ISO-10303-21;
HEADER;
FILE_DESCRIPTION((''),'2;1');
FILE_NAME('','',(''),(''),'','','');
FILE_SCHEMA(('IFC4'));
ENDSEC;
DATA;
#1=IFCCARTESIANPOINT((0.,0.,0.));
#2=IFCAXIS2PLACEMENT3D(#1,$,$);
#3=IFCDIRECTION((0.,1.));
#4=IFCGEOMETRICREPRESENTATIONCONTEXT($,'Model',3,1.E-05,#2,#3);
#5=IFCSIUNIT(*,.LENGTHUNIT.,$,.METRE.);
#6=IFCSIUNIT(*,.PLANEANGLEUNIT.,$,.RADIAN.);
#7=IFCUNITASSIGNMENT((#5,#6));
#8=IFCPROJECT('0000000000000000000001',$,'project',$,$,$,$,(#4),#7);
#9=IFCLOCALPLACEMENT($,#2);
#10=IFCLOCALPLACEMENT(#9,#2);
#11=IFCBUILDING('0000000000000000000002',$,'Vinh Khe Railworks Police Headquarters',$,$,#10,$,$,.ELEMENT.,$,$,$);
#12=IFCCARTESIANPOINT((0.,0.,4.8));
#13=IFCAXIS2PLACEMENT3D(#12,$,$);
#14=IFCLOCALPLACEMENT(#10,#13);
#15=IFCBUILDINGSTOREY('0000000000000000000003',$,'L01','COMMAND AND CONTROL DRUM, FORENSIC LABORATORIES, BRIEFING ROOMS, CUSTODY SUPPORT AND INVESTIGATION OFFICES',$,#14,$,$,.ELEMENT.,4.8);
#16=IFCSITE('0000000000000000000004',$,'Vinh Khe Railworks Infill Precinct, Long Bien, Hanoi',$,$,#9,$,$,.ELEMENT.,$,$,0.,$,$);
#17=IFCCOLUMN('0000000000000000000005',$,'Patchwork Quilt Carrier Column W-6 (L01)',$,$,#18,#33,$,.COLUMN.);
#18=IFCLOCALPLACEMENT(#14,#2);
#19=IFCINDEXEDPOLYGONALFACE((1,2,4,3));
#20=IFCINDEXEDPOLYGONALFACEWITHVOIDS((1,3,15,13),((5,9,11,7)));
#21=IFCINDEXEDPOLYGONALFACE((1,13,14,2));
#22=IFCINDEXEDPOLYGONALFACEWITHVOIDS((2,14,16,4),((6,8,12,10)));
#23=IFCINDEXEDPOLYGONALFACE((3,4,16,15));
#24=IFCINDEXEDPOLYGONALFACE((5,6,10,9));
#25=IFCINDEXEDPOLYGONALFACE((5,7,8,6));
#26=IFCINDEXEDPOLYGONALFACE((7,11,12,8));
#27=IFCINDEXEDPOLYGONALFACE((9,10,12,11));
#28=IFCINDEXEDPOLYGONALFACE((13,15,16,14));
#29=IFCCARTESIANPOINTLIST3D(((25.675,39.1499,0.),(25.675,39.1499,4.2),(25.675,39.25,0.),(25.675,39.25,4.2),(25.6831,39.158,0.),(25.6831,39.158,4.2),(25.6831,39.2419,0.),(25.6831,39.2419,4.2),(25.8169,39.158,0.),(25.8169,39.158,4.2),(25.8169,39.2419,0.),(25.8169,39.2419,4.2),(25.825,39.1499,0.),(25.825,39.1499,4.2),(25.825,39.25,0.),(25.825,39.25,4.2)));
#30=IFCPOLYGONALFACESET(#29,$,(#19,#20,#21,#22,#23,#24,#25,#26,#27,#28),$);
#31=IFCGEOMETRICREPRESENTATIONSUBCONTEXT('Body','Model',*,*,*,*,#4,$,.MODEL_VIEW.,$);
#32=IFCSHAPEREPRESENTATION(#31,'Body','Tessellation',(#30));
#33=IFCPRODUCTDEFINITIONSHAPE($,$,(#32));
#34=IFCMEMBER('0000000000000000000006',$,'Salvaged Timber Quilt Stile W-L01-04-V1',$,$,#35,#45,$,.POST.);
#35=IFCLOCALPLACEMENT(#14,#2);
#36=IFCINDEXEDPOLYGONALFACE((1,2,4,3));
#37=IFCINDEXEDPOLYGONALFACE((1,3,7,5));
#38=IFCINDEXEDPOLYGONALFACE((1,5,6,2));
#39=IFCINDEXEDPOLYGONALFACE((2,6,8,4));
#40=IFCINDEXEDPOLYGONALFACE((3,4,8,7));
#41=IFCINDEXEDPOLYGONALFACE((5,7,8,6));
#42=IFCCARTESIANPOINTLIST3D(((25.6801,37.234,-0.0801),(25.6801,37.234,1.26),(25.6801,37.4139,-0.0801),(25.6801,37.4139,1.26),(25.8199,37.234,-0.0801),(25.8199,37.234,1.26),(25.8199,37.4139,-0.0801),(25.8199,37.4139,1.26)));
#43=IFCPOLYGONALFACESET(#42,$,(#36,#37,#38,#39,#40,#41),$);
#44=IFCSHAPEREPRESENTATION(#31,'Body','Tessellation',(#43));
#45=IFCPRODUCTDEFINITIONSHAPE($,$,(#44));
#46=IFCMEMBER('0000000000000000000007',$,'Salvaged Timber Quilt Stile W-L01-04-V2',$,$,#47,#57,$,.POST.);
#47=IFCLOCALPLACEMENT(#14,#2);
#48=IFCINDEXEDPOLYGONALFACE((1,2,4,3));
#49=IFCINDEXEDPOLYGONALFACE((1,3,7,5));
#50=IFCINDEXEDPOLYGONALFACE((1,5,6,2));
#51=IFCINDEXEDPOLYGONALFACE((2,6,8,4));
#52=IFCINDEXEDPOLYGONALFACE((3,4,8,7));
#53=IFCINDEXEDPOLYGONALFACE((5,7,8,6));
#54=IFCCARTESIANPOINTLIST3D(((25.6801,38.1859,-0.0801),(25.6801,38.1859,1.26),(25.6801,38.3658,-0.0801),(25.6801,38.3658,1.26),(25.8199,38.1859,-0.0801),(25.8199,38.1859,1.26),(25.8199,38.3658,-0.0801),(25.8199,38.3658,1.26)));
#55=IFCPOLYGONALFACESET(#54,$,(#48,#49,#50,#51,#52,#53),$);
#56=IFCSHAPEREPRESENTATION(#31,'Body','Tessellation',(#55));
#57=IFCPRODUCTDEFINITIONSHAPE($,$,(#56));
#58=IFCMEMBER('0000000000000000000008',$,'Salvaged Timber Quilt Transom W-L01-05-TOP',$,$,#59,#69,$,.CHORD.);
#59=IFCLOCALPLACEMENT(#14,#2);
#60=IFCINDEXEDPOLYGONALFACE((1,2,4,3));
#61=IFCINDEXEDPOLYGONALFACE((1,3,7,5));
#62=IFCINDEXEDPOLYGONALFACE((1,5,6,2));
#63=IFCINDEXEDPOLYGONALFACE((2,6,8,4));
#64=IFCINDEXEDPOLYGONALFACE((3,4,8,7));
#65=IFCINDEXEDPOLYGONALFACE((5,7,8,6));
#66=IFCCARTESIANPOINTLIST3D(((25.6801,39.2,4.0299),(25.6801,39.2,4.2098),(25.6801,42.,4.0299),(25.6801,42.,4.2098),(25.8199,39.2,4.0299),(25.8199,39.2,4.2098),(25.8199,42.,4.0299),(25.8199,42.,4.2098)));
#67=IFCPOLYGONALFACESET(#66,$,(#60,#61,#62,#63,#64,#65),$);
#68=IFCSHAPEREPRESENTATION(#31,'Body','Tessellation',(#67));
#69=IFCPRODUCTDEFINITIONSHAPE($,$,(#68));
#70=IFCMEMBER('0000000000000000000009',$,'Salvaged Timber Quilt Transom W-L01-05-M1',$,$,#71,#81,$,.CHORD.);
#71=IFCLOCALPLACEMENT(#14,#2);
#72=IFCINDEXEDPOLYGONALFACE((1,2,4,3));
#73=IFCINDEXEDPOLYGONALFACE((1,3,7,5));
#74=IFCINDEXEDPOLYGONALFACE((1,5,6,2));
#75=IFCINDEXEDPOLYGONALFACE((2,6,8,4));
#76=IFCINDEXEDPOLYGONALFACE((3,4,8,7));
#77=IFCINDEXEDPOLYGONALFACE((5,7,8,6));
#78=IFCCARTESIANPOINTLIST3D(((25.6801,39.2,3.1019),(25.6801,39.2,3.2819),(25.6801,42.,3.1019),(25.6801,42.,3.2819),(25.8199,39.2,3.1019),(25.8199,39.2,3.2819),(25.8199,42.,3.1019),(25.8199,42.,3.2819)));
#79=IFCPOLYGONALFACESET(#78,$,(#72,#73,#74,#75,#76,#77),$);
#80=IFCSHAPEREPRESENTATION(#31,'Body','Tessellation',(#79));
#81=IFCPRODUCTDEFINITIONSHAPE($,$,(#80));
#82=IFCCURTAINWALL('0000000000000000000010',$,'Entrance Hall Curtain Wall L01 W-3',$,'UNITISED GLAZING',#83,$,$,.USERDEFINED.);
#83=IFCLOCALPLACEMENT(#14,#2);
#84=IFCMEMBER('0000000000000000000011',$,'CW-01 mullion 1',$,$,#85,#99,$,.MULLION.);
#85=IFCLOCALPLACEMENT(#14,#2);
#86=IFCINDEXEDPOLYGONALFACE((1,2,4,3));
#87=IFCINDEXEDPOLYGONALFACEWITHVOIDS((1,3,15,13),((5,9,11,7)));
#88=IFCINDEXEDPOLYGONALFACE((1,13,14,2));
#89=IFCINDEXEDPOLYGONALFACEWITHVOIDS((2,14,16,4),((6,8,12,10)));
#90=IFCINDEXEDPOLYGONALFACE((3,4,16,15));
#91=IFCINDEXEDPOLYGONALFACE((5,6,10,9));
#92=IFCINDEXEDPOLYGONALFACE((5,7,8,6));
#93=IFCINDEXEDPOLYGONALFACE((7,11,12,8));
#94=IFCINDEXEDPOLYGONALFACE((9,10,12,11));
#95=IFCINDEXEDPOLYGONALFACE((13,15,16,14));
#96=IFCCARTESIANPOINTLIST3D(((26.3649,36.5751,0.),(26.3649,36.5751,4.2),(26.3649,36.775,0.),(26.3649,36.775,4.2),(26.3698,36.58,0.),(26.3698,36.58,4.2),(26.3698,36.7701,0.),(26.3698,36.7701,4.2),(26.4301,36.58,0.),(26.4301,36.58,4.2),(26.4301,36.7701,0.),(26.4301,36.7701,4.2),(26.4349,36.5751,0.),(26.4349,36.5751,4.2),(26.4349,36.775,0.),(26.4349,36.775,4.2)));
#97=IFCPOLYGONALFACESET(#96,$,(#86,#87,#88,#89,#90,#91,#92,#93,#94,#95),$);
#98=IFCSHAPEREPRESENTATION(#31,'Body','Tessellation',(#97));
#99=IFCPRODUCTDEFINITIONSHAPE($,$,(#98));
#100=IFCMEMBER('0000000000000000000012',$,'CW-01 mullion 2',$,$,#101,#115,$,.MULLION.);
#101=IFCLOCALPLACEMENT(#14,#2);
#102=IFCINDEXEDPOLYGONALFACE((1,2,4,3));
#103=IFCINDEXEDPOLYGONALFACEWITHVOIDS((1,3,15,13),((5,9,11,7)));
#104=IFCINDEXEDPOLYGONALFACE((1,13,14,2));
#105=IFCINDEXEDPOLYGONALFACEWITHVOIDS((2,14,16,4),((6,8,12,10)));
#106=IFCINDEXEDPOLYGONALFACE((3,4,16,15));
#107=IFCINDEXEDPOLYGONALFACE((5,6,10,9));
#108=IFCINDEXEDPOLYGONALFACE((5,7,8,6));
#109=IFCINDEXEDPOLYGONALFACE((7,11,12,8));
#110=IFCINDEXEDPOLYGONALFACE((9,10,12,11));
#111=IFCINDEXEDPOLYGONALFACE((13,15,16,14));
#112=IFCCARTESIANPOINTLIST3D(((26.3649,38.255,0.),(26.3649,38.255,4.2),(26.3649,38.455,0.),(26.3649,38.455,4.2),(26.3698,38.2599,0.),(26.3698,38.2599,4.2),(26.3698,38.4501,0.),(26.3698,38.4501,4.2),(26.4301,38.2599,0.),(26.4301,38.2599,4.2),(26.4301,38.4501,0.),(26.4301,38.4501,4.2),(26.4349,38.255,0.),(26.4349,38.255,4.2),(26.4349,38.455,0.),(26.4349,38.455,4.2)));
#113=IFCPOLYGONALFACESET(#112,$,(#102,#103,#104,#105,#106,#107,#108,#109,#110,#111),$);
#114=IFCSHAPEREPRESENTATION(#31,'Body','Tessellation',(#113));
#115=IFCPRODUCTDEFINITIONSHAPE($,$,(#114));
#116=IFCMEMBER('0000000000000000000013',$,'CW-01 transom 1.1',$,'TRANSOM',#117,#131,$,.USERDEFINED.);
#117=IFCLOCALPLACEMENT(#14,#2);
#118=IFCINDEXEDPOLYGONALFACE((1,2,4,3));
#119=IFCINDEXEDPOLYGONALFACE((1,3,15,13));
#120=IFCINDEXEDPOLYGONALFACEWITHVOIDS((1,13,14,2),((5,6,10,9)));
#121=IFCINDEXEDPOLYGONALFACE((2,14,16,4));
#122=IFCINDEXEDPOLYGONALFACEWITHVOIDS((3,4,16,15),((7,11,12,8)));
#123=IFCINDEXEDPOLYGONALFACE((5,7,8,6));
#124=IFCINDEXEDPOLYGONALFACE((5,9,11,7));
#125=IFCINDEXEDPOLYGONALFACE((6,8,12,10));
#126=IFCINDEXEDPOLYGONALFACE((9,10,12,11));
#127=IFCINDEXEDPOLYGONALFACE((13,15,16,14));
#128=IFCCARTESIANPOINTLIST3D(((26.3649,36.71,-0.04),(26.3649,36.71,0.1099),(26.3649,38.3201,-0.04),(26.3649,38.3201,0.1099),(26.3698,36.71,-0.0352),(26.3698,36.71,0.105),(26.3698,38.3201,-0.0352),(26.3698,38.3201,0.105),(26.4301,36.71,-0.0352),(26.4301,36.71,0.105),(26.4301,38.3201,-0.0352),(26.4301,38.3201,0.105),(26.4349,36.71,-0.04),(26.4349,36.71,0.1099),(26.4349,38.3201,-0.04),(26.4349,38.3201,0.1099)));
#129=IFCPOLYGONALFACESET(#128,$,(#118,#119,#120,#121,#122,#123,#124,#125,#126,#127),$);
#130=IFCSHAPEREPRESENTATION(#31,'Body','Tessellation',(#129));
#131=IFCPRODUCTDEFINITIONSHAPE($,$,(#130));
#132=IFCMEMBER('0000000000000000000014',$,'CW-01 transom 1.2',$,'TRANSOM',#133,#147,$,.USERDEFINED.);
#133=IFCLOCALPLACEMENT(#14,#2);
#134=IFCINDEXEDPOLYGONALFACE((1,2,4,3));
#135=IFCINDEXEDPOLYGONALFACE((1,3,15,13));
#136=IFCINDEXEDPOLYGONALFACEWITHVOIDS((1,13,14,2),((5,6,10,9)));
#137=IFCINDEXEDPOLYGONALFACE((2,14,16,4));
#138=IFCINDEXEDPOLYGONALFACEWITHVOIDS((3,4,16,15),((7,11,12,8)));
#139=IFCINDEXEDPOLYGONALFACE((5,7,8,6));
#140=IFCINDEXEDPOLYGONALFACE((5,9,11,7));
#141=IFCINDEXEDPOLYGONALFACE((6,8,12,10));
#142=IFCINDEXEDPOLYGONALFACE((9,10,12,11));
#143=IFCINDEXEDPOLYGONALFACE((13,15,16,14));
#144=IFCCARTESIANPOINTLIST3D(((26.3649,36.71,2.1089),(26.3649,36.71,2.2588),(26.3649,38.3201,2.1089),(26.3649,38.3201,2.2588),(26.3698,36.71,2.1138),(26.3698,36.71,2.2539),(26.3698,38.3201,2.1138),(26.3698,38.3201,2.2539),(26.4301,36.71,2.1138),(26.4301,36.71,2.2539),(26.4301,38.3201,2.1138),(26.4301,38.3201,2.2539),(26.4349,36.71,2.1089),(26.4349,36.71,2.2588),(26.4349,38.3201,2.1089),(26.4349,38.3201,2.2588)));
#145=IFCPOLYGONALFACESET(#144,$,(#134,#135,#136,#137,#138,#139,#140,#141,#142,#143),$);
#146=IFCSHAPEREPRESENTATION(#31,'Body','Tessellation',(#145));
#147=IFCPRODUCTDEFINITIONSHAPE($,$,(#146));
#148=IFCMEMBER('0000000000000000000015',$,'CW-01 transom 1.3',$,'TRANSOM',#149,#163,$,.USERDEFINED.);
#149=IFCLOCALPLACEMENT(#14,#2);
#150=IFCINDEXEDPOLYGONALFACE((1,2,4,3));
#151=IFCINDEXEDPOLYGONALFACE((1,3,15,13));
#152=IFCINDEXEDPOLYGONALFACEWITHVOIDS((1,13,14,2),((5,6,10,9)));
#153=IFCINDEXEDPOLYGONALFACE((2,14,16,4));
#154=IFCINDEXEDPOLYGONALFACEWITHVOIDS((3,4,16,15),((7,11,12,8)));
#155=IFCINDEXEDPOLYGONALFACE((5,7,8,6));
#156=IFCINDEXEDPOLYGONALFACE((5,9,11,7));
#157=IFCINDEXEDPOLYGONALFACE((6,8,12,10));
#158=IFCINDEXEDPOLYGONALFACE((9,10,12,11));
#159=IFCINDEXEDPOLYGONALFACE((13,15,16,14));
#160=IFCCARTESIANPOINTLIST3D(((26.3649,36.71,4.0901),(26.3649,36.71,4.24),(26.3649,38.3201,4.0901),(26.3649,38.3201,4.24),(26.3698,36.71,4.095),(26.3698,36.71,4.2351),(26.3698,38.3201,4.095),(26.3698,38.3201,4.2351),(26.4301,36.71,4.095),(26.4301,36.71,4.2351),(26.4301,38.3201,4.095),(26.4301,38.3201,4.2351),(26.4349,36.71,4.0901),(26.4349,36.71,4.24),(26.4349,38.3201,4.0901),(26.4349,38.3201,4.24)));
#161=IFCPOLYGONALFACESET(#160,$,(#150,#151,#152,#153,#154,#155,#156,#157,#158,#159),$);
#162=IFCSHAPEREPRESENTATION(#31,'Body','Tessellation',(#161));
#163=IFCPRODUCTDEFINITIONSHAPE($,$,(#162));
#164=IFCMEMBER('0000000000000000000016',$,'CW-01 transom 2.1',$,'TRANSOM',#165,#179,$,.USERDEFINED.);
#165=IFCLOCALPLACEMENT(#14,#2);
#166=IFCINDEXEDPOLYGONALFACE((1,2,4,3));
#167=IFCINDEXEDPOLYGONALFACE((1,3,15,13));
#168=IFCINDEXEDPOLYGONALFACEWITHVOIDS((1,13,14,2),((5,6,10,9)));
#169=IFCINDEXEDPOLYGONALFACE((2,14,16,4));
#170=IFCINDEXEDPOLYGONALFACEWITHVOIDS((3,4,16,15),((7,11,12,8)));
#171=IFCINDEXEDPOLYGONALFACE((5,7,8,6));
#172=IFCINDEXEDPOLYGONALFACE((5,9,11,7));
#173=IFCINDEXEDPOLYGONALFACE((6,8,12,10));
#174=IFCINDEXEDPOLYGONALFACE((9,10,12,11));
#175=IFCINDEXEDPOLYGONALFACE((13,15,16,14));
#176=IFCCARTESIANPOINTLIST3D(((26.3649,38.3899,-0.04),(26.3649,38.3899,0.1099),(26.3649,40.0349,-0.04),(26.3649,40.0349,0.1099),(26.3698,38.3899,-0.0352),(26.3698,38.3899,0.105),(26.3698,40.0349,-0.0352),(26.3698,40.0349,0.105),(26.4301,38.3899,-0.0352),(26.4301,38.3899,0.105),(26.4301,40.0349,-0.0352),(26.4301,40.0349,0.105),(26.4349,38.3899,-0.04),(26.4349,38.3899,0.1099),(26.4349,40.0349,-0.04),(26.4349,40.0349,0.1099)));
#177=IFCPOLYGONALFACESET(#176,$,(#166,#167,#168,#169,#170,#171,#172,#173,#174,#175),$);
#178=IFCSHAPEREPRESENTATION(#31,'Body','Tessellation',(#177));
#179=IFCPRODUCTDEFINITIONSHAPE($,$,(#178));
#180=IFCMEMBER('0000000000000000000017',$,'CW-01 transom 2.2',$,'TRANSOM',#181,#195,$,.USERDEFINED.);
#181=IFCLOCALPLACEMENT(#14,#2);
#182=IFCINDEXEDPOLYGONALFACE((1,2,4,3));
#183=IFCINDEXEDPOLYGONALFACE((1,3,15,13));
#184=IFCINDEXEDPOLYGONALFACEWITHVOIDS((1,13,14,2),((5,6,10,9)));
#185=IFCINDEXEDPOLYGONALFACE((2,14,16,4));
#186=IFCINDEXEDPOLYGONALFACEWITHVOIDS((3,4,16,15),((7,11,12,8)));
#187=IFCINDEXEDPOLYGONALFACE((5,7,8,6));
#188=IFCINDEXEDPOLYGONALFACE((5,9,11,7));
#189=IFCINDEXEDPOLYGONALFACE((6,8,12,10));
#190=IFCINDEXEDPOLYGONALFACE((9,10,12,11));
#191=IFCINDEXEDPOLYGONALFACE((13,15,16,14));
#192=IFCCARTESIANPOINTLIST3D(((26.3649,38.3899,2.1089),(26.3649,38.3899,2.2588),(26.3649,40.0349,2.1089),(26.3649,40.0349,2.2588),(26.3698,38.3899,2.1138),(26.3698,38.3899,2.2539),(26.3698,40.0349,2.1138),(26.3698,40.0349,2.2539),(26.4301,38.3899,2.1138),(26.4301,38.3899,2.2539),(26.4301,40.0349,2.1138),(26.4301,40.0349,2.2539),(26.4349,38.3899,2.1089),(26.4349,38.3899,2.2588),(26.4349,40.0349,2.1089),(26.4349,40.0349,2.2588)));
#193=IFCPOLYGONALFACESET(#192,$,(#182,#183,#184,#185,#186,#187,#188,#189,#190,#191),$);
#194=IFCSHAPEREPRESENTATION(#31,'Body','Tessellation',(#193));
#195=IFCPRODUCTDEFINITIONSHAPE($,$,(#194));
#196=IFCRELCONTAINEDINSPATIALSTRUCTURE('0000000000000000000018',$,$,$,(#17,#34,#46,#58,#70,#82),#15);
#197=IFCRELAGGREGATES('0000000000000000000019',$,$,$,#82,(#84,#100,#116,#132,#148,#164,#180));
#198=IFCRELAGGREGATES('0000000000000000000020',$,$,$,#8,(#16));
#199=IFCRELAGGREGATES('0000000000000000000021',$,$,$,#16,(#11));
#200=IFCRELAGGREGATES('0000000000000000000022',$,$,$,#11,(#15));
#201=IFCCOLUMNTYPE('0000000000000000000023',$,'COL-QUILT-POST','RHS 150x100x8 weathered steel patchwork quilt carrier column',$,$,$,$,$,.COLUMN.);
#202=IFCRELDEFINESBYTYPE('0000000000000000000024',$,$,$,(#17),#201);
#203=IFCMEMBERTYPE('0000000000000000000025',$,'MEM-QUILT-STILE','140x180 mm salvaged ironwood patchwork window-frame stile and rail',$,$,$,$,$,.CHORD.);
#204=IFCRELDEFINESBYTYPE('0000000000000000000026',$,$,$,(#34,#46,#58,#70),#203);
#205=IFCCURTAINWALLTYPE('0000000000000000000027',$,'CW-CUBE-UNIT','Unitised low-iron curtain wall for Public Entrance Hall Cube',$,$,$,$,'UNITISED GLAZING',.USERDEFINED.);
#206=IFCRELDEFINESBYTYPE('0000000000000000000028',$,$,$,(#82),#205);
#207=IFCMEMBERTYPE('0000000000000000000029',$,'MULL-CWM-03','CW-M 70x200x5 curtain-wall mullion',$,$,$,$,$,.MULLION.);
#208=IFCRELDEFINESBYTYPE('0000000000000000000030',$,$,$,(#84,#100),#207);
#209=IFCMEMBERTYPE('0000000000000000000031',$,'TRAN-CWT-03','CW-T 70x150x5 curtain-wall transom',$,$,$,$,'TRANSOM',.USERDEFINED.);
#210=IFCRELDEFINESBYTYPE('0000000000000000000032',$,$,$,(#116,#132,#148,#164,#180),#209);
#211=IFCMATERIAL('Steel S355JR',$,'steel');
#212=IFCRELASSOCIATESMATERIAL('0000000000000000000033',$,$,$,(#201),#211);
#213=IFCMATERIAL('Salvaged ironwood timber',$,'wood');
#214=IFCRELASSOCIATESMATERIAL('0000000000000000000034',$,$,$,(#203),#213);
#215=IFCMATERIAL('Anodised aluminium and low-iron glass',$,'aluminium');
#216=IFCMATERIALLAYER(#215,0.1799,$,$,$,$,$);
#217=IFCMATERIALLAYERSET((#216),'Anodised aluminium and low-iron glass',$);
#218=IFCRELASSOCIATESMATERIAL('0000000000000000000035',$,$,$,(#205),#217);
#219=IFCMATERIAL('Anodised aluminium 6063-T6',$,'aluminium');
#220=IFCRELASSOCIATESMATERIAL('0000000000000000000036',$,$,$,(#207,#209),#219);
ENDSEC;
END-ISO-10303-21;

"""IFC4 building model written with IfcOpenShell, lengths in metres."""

from ifc_helpers import new_model, si_unit, direction, frame, origin, origin_2d, place, context, subcontext, project, spatial, rectangle, hollow_rectangle, extrude, material, layer, layer_set, material_profile, profile_set, type_object, element, aggregate, save


model = new_model("IFC4")

# Units and contexts
model_context = context("Model", 3, precision=1e-05, world=origin(), true_north=direction((0.0, 1.0)))
body_context = subcontext(model_context, "Body", "Model", "MODEL_VIEW")
ifc_project = project(units=[si_unit("LENGTHUNIT", "METRE"), si_unit("PLANEANGLEUNIT", "RADIAN")], contexts=[model_context])

# Site, building, storey
site_placement = place(None, origin())
site = spatial("IfcSite", under=ifc_project, at=site_placement, Name="Vinh Khe Railworks Infill Precinct, Long Bien, Hanoi", CompositionType="ELEMENT", RefElevation=0.0)
building_placement = place(site_placement, origin())
building = spatial("IfcBuilding", under=site, at=building_placement, Name="Vinh Khe Railworks Police Headquarters", CompositionType="ELEMENT")
storey_placement = place(building_placement, frame((0.0, 0.0, 4.8)))
storey = spatial("IfcBuildingStorey", under=building, at=storey_placement, Name="L01", Description="COMMAND AND CONTROL DRUM, FORENSIC LABORATORIES, BRIEFING ROOMS, CUSTODY SUPPORT AND INVESTIGATION OFFICES", CompositionType="ELEMENT", Elevation=4.8)

# Column
ifc_material_1 = material(Name="Steel S355JR", Category="steel")
ifc_material_profile_1 = material_profile(ifc_material_1, hollow_rectangle(XDim=0.1499, YDim=0.1001, WallThickness=0.0081, at=origin_2d()), Name="RHS 150x100x8")
ifc_profile_set_1 = profile_set([ifc_material_profile_1], Name="Steel S355JR")
column_type = type_object("IfcColumnType", Name="COL-QUILT-POST", Description="RHS 150x100x8 weathered steel patchwork quilt carrier column", PredefinedType="COLUMN", material=ifc_profile_set_1)
column_placement = place(storey_placement, frame((25.75, 39.2, 0.0), z_axis=(0.0, 0.0, 1.0), x_axis=(1.0, 0.0, 0.0)))
element("IfcColumn", 1, at=column_placement, inside=storey, type_object=column_type, Name="Patchwork Quilt Carrier Column W-6 (L01)", PredefinedType="COLUMN", context=body_context, shape_type="SweptSolid", body=[
    extrude(hollow_rectangle(XDim=0.1499, YDim=0.1001, WallThickness=0.0081, at=origin_2d()), origin(), (0.0, 0.0, 1.0), 4.2),
])

# Members
ifc_material_2 = material(Name="Salvaged ironwood timber", Category="wood")
ifc_material_profile_2 = material_profile(ifc_material_2, rectangle(XDim=0.1399, YDim=0.1799, at=origin_2d()), Name="TIMBER 140x180")
ifc_profile_set_2 = profile_set([ifc_material_profile_2], Name="Salvaged ironwood timber")
member_type_1 = type_object("IfcMemberType", Name="MEM-QUILT-STILE", Description="140x180 mm salvaged ironwood patchwork window-frame stile and rail", PredefinedType="CHORD", material=ifc_profile_set_2)
for number, where, z_axis, x_axis, name in (
    (2, (25.75, 37.324, -0.0801), (0.0, 0.0, 1.0), (1.0, 0.0, 0.0), "Salvaged Timber Quilt Stile W-L01-04-V1"),
    (3, (25.75, 38.2759, -0.0801), (0.0, 0.0, 1.0), (1.0, 0.0, 0.0), "Salvaged Timber Quilt Stile W-L01-04-V2"),
):
    element("IfcMember", number, at=place(storey_placement, frame(where, z_axis=z_axis, x_axis=x_axis)), inside=storey, type_object=member_type_1, Name=name, PredefinedType="POST", context=body_context, shape_type="SweptSolid", body=[
        extrude(rectangle(XDim=0.1399, YDim=0.1799, at=origin_2d()), origin(), (0.0, 0.0, 1.0), 1.3401),
    ])
for number, where, z_axis, x_axis, name in (
    (4, (25.75, 39.2, 4.1199), (0.0, 1.0, 0.0), (-1.0, 0.0, 0.0), "Salvaged Timber Quilt Transom W-L01-05-TOP"),
    (5, (25.75, 39.2, 3.1919), (0.0, 1.0, 0.0), (-1.0, 0.0, 0.0), "Salvaged Timber Quilt Transom W-L01-05-M1"),
):
    element("IfcMember", number, at=place(storey_placement, frame(where, z_axis=z_axis, x_axis=x_axis)), inside=storey, type_object=member_type_1, Name=name, PredefinedType="CHORD", context=body_context, shape_type="SweptSolid", body=[
        extrude(rectangle(XDim=0.1399, YDim=0.1799, at=origin_2d()), origin(), (0.0, 0.0, 1.0), 2.8),
    ])

# Curtain wall, members
ifc_material_3 = material(Name="Anodised aluminium and low-iron glass", Category="aluminium")
ifc_layer_1 = layer(ifc_material_3, 0.1799)
ifc_layer_set_1 = layer_set([ifc_layer_1], Name="Anodised aluminium and low-iron glass")
curtain_wall_type = type_object("IfcCurtainWallType", Name="CW-CUBE-UNIT", Description="Unitised low-iron curtain wall for Public Entrance Hall Cube", ElementType="UNITISED GLAZING", PredefinedType="USERDEFINED", material=ifc_layer_set_1)
curtain_wall_placement = place(storey_placement, origin())
curtain_wall = element("IfcCurtainWall", 6, at=curtain_wall_placement, inside=storey, type_object=curtain_wall_type, Name="Entrance Hall Curtain Wall L01 W-3", ObjectType="UNITISED GLAZING", PredefinedType="USERDEFINED")
ifc_material_4 = material(Name="Anodised aluminium 6063-T6", Category="aluminium")
ifc_material_profile_3 = material_profile(ifc_material_4, hollow_rectangle(XDim=0.0701, YDim=0.2, WallThickness=0.0049, at=origin_2d()), Name="CW-M 70x200x5")
ifc_profile_set_3 = profile_set([ifc_material_profile_3], Name="Anodised aluminium 6063-T6")
member_type_2 = type_object("IfcMemberType", Name="MULL-CWM-03", Description="CW-M 70x200x5 curtain-wall mullion", PredefinedType="MULLION", material=ifc_profile_set_3)
member_1_placement = place(storey_placement, frame((26.3999, 36.675, 0.0), z_axis=(0.0, 0.0, 1.0), x_axis=(-1.0, 0.0, 0.0)))
member_1 = element("IfcMember", 7, at=member_1_placement, type_object=member_type_2, Name="CW-01 mullion 1", PredefinedType="MULLION", context=body_context, shape_type="SweptSolid", body=[
    extrude(hollow_rectangle(XDim=0.0701, YDim=0.2, WallThickness=0.0049, at=origin_2d()), origin(), (0.0, 0.0, 1.0), 4.2),
])
member_2_placement = place(storey_placement, frame((26.3999, 38.355, 0.0), z_axis=(0.0, 0.0, 1.0), x_axis=(-1.0, 0.0, 0.0)))
member_2 = element("IfcMember", 8, at=member_2_placement, type_object=member_type_2, Name="CW-01 mullion 2", PredefinedType="MULLION", context=body_context, shape_type="SweptSolid", body=[
    extrude(hollow_rectangle(XDim=0.0701, YDim=0.2, WallThickness=0.0049, at=origin_2d()), origin(), (0.0, 0.0, 1.0), 4.2),
])
ifc_material_profile_4 = material_profile(ifc_material_4, hollow_rectangle(XDim=0.0701, YDim=0.1499, WallThickness=0.0049, at=origin_2d()), Name="CW-T 70x150x5")
ifc_profile_set_4 = profile_set([ifc_material_profile_4], Name="Anodised aluminium 6063-T6")
member_type_3 = type_object("IfcMemberType", Name="TRAN-CWT-03", Description="CW-T 70x150x5 curtain-wall transom", ElementType="TRANSOM", PredefinedType="USERDEFINED", material=ifc_profile_set_4)
member_3_placement = place(storey_placement, frame((26.3999, 36.71, 0.0349), z_axis=(0.0, 1.0, 0.0), x_axis=(-1.0, 0.0, 0.0)))
member_3 = element("IfcMember", 9, at=member_3_placement, type_object=member_type_3, Name="CW-01 transom 1.1", ObjectType="TRANSOM", PredefinedType="USERDEFINED", context=body_context, shape_type="SweptSolid", body=[
    extrude(hollow_rectangle(XDim=0.0701, YDim=0.1499, WallThickness=0.0049, at=origin_2d()), origin(), (0.0, 0.0, 1.0), 1.6101),
])
member_4_placement = place(storey_placement, frame((26.3999, 36.71, 2.1838), z_axis=(0.0, 1.0, 0.0), x_axis=(-1.0, 0.0, 0.0)))
member_4 = element("IfcMember", 10, at=member_4_placement, type_object=member_type_3, Name="CW-01 transom 1.2", ObjectType="TRANSOM", PredefinedType="USERDEFINED", context=body_context, shape_type="SweptSolid", body=[
    extrude(hollow_rectangle(XDim=0.0701, YDim=0.1499, WallThickness=0.0049, at=origin_2d()), origin(), (0.0, 0.0, 1.0), 1.6101),
])
member_5_placement = place(storey_placement, frame((26.3999, 36.71, 4.165), z_axis=(0.0, 1.0, 0.0), x_axis=(-1.0, 0.0, 0.0)))
member_5 = element("IfcMember", 11, at=member_5_placement, type_object=member_type_3, Name="CW-01 transom 1.3", ObjectType="TRANSOM", PredefinedType="USERDEFINED", context=body_context, shape_type="SweptSolid", body=[
    extrude(hollow_rectangle(XDim=0.0701, YDim=0.1499, WallThickness=0.0049, at=origin_2d()), origin(), (0.0, 0.0, 1.0), 1.6101),
])
member_6_placement = place(storey_placement, frame((26.3999, 38.3899, 0.0349), z_axis=(0.0, 1.0, 0.0), x_axis=(-1.0, 0.0, 0.0)))
member_6 = element("IfcMember", 12, at=member_6_placement, type_object=member_type_3, Name="CW-01 transom 2.1", ObjectType="TRANSOM", PredefinedType="USERDEFINED", context=body_context, shape_type="SweptSolid", body=[
    extrude(hollow_rectangle(XDim=0.0701, YDim=0.1499, WallThickness=0.0049, at=origin_2d()), origin(), (0.0, 0.0, 1.0), 1.645),
])
member_7_placement = place(storey_placement, frame((26.3999, 38.3899, 2.1838), z_axis=(0.0, 1.0, 0.0), x_axis=(-1.0, 0.0, 0.0)))
member_7 = element("IfcMember", 13, at=member_7_placement, type_object=member_type_3, Name="CW-01 transom 2.2", ObjectType="TRANSOM", PredefinedType="USERDEFINED", context=body_context, shape_type="SweptSolid", body=[
    extrude(hollow_rectangle(XDim=0.0701, YDim=0.1499, WallThickness=0.0049, at=origin_2d()), origin(), (0.0, 0.0, 1.0), 1.645),
])
aggregate(curtain_wall, [member_1, member_2, member_3, member_4, member_5, member_6, member_7])

save(model, "model.ifc")
